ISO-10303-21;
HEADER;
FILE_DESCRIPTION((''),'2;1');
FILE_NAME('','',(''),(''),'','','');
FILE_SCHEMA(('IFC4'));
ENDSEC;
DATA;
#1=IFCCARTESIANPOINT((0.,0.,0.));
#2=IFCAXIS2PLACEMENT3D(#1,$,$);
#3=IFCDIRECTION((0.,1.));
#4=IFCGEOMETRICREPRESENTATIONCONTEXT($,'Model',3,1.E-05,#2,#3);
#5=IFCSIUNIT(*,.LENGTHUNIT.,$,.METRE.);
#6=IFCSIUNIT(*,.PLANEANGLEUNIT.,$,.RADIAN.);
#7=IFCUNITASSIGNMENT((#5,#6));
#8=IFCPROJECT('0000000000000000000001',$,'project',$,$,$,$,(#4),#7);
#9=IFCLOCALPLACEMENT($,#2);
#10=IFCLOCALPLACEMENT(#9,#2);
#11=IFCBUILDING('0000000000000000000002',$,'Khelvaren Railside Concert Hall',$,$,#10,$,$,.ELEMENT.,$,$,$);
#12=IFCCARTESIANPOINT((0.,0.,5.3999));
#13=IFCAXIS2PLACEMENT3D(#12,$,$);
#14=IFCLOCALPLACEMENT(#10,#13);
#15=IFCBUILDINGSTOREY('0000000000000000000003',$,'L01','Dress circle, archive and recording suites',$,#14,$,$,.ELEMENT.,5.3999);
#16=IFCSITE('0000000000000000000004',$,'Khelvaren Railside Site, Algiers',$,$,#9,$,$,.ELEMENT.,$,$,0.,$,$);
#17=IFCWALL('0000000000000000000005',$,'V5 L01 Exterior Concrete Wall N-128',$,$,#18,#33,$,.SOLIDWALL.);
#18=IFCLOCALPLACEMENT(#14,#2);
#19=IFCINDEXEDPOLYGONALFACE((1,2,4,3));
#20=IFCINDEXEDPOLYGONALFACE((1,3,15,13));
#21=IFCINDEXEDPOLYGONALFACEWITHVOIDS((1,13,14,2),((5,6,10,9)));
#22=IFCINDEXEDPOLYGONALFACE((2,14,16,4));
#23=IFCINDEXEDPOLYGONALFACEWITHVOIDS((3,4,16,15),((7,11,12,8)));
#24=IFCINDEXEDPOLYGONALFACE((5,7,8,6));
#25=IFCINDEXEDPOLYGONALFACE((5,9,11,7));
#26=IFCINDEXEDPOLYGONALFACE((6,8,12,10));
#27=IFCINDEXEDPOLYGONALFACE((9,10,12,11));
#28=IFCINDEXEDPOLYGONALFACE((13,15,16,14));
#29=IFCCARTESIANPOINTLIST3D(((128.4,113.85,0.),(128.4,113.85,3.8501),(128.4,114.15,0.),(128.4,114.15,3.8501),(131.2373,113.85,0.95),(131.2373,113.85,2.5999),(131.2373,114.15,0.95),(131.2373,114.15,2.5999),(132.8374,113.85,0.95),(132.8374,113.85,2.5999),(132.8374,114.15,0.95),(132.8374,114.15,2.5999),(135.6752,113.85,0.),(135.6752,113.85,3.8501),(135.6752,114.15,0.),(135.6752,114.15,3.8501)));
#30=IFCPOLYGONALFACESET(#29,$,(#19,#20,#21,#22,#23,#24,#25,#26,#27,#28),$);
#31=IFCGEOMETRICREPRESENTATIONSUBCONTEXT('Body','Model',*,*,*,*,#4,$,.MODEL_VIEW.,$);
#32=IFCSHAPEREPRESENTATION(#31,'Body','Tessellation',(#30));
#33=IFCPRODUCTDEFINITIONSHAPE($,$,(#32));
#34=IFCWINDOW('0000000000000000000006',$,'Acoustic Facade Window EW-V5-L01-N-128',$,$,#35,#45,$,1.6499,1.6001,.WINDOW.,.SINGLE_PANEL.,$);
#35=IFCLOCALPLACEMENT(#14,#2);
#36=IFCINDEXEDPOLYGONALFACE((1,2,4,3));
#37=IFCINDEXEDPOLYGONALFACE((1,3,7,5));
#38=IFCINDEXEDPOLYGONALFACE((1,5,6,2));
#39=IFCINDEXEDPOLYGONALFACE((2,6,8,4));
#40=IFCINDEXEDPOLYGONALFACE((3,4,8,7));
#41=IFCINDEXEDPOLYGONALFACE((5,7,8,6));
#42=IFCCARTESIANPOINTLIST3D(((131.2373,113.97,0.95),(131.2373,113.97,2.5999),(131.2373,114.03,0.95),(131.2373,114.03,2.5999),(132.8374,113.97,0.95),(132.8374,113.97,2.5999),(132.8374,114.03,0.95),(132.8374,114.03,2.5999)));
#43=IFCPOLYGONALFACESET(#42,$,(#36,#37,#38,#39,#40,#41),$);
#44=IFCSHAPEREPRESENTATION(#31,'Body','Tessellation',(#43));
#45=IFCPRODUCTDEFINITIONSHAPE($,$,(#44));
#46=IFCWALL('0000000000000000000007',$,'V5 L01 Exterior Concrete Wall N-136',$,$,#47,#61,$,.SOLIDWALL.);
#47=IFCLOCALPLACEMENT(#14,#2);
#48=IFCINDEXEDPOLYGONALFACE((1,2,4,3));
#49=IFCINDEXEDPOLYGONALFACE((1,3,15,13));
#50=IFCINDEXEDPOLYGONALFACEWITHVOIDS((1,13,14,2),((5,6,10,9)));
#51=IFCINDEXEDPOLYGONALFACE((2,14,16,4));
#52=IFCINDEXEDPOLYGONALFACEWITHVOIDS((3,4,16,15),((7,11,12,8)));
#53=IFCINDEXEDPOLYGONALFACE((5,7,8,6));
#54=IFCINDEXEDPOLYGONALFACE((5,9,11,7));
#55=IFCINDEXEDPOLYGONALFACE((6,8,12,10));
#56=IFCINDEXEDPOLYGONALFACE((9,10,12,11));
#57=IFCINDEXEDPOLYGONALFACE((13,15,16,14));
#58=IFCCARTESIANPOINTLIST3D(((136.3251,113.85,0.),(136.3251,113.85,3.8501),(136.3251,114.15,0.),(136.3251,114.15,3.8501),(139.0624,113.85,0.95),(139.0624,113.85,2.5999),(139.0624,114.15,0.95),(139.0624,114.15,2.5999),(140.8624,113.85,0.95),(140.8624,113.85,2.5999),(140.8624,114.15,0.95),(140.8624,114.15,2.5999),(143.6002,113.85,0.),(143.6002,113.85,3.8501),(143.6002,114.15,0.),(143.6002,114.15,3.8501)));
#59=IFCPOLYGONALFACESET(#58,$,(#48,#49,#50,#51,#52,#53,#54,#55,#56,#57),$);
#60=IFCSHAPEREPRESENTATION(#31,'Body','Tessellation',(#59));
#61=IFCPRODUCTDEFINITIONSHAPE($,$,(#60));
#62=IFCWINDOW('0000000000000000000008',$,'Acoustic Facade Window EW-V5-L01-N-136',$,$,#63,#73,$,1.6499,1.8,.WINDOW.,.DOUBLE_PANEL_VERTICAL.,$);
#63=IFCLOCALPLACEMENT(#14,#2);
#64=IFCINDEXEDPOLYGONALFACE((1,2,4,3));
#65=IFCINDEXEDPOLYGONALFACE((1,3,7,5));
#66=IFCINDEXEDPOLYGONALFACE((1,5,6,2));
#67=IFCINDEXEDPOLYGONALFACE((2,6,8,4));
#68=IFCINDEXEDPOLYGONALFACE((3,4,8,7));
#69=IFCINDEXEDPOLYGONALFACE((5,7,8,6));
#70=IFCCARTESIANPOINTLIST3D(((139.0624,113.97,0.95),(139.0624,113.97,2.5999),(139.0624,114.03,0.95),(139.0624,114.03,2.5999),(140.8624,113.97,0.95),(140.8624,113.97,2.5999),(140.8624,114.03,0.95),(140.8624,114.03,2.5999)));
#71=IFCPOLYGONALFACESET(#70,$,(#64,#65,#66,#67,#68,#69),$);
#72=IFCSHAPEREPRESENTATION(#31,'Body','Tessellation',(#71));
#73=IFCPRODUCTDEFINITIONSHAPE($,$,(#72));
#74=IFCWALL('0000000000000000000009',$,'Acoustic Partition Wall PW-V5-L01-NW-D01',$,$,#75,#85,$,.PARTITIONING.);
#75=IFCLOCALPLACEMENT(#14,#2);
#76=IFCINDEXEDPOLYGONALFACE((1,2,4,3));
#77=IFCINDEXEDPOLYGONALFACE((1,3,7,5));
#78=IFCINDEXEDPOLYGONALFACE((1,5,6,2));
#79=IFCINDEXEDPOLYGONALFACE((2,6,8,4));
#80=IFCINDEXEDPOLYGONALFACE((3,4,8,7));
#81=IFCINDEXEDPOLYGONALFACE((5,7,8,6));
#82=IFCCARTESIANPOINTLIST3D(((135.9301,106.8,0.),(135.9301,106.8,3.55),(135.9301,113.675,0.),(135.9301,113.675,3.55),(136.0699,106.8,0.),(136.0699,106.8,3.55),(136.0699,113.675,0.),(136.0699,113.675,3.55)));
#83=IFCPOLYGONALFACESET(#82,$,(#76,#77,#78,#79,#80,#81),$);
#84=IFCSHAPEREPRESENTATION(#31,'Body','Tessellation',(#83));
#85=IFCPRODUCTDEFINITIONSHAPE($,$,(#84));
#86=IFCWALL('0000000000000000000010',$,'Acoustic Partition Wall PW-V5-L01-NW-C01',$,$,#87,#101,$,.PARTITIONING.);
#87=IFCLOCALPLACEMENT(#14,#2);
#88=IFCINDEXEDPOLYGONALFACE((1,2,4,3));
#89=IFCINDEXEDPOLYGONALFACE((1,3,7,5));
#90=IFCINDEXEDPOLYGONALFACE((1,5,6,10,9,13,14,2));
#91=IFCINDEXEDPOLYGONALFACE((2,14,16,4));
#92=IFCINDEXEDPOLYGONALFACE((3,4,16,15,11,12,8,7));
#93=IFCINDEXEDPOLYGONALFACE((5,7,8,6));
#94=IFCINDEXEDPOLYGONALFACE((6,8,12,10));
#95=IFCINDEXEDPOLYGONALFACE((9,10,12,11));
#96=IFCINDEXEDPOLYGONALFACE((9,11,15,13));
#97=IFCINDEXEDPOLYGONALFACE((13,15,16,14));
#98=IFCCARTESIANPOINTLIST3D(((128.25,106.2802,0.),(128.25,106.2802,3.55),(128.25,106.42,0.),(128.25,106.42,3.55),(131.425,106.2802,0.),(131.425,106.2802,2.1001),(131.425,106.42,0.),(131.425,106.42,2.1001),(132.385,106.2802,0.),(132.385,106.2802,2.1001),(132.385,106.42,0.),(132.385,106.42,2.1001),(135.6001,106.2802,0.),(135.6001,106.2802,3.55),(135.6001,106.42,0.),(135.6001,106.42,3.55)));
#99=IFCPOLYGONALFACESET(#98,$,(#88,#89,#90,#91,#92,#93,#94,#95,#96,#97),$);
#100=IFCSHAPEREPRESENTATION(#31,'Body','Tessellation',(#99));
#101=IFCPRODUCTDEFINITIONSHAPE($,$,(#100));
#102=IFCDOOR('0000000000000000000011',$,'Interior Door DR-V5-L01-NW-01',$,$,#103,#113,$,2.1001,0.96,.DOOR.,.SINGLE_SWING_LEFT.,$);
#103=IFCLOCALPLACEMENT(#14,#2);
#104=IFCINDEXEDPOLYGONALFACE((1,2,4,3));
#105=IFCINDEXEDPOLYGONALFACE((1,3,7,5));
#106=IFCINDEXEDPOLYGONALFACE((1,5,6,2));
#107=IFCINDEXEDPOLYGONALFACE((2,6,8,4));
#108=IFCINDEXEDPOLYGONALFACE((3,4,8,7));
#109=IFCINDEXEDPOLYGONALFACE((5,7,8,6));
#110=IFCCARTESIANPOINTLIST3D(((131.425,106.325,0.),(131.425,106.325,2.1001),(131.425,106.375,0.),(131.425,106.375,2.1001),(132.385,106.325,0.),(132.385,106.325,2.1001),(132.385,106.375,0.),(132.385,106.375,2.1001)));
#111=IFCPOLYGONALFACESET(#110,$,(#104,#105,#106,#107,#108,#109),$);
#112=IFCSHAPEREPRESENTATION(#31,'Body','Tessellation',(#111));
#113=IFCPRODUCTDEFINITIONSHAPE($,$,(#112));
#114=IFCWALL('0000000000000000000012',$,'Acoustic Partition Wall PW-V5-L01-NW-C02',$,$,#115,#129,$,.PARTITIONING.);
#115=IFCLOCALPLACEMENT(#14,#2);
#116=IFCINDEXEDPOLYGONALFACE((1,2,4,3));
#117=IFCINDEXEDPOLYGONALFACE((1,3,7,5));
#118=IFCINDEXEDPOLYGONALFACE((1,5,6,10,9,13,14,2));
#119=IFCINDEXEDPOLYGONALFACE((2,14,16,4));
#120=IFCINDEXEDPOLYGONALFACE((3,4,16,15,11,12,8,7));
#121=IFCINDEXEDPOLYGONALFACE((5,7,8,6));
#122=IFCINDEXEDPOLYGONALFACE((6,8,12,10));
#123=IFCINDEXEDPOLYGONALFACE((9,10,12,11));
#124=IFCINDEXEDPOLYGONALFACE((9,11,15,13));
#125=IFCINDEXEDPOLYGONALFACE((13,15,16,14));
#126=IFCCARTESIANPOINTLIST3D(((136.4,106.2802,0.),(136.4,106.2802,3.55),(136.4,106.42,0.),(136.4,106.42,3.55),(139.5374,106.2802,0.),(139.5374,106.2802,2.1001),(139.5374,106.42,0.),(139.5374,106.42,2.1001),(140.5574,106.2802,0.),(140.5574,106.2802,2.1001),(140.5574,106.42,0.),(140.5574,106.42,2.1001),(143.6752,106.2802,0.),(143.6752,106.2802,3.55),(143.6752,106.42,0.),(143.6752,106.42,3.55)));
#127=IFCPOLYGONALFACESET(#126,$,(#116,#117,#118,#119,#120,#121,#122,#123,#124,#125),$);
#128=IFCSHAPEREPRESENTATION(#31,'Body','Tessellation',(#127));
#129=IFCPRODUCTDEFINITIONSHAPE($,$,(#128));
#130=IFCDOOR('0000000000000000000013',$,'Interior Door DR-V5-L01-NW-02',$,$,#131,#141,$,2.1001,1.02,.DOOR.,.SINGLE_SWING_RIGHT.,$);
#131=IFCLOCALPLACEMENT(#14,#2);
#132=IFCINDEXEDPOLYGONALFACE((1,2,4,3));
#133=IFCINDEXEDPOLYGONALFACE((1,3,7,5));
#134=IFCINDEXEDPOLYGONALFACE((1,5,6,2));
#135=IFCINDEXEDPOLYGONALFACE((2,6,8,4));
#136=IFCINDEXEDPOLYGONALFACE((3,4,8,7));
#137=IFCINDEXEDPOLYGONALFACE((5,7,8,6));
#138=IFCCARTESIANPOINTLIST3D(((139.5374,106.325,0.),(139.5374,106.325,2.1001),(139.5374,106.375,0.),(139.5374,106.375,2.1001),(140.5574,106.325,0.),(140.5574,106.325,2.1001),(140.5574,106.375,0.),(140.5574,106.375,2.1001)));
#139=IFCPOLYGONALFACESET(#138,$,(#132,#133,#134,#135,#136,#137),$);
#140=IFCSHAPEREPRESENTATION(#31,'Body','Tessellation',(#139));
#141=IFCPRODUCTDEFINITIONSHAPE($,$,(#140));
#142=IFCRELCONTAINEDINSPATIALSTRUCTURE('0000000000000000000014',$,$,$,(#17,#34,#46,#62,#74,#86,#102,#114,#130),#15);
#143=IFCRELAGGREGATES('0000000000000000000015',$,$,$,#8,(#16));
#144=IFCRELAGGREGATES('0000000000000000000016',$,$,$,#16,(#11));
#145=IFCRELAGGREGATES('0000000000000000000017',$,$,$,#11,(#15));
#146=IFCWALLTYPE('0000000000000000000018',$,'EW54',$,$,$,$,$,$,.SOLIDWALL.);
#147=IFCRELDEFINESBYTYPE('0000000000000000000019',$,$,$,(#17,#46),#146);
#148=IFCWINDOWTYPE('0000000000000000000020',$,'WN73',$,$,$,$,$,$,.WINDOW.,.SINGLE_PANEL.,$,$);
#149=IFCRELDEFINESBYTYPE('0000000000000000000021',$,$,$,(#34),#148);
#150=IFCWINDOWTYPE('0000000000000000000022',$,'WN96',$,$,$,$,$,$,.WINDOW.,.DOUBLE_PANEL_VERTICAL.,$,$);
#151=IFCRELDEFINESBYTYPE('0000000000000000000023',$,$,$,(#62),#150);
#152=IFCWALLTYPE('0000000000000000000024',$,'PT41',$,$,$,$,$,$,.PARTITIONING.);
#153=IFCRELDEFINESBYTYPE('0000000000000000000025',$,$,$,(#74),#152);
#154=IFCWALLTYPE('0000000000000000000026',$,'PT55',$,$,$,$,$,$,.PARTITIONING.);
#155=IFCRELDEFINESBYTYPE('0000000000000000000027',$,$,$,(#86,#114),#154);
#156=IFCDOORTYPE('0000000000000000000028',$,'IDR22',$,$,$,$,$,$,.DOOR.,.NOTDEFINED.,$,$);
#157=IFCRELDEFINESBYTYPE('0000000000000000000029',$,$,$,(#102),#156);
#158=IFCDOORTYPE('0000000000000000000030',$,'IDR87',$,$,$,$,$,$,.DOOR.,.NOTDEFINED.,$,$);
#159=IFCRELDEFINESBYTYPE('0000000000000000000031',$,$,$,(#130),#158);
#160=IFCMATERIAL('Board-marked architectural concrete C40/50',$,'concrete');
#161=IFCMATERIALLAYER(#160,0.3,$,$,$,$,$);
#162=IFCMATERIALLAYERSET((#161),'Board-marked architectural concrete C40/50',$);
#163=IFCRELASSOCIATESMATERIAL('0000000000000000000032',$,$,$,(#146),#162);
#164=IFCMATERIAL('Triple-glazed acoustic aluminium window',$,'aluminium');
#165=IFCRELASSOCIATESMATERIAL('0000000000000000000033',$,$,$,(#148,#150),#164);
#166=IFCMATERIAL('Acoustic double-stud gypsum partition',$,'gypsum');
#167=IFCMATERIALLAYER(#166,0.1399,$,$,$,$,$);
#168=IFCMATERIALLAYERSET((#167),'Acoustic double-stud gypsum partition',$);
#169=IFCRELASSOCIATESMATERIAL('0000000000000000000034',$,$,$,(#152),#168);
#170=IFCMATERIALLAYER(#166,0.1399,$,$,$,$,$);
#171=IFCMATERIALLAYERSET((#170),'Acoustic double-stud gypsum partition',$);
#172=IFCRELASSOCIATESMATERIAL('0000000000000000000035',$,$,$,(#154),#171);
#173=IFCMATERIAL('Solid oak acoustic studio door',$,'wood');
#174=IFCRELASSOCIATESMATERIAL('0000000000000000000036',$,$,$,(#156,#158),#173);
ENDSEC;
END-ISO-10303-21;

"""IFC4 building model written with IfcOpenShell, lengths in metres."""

from ifc_helpers import new_model, si_unit, direction, frame, frame_2d, origin, place, context, subcontext, project, spatial, rectangle, extrude, material, layer, layer_set, type_object, element, fill, save


model = new_model("IFC4")

# Units and contexts
model_context = context("Model", 3, precision=1e-05, world=origin(), true_north=direction((0.0, 1.0)))
body_context = subcontext(model_context, "Body", "Model", "MODEL_VIEW")
ifc_project = project(units=[si_unit("LENGTHUNIT", "METRE"), si_unit("PLANEANGLEUNIT", "RADIAN")], contexts=[model_context])

# Site, building, storey
site_placement = place(None, origin())
site = spatial("IfcSite", under=ifc_project, at=site_placement, Name="Khelvaren Railside Site, Algiers", CompositionType="ELEMENT", RefElevation=0.0)
building_placement = place(site_placement, origin())
building = spatial("IfcBuilding", under=site, at=building_placement, Name="Khelvaren Railside Concert Hall", CompositionType="ELEMENT")
storey_placement = place(building_placement, frame((0.0, 0.0, 5.3999)))
storey = spatial("IfcBuildingStorey", under=building, at=storey_placement, Name="L01", Description="Dress circle, archive and recording suites", CompositionType="ELEMENT", Elevation=5.3999)

# Walls, openings, windows
ifc_material_1 = material(Name="Board-marked architectural concrete C40/50", Category="concrete")
ifc_layer_1 = layer(ifc_material_1, 0.3)
ifc_layer_set_1 = layer_set([ifc_layer_1], Name="Board-marked architectural concrete C40/50")
wall_type_1 = type_object("IfcWallType", Name="EW54", PredefinedType="SOLIDWALL", material=ifc_layer_set_1)
ifc_material_2 = material(Name="Triple-glazed acoustic aluminium window", Category="aluminium")
wall_1_placement = place(storey_placement, frame((128.3999, 114.0, 0.0), z_axis=(0.0, 0.0, 1.0), x_axis=(1.0, 0.0, 0.0)))
wall_1 = element("IfcWall", 1, at=wall_1_placement, inside=storey, type_object=wall_type_1, Name="V5 L01 Exterior Concrete Wall N-128", PredefinedType="SOLIDWALL", context=body_context, shape_type="SweptSolid", body=[
    extrude(rectangle(XDim=7.2751, YDim=0.3, at=frame_2d((3.6377, 0.0))), origin(), (0.0, 0.0, 1.0), 3.8501),
])
opening_1_placement = place(wall_1_placement, frame((2.8374, 0.0, 0.95)))
opening_1 = element("IfcOpeningElement", 2, at=opening_1_placement, cuts=wall_1, PredefinedType="OPENING", context=body_context, shape_type="SweptSolid", body=[
    extrude(rectangle(XDim=1.6001, YDim=1.6499, at=frame_2d((0.8, 0.825))), frame((0.0, 0.1599, 0.0), z_axis=(0.0, -1.0, 0.0), x_axis=(1.0, 0.0, 0.0)), (0.0, 0.0, 1.0), 0.3201),
])
window_type_1 = type_object("IfcWindowType", Name="WN73", PartitioningType="SINGLE_PANEL", PredefinedType="WINDOW", material=ifc_material_2)
window_1_placement = place(opening_1_placement, origin())
window_1 = element("IfcWindow", 3, at=window_1_placement, inside=storey, type_object=window_type_1, Name="Acoustic Facade Window EW-V5-L01-N-128", OverallHeight=1.6499, OverallWidth=1.6001, PartitioningType="SINGLE_PANEL", PredefinedType="WINDOW", context=body_context, shape_type="SweptSolid", body=[
    extrude(rectangle(XDim=1.6001, YDim=1.6499, at=frame_2d((0.8, 0.825))), frame((0.0, 0.03, 0.0), z_axis=(0.0, -1.0, 0.0), x_axis=(1.0, 0.0, 0.0)), (0.0, 0.0, 1.0), 0.0601),
])
fill(opening_1, window_1)
wall_2_placement = place(storey_placement, frame((136.325, 114.0, 0.0), z_axis=(0.0, 0.0, 1.0), x_axis=(1.0, 0.0, 0.0)))
wall_2 = element("IfcWall", 4, at=wall_2_placement, inside=storey, type_object=wall_type_1, Name="V5 L01 Exterior Concrete Wall N-136", PredefinedType="SOLIDWALL", context=body_context, shape_type="SweptSolid", body=[
    extrude(rectangle(XDim=7.2751, YDim=0.3, at=frame_2d((3.6377, 0.0))), origin(), (0.0, 0.0, 1.0), 3.8501),
])
opening_2_placement = place(wall_2_placement, frame((2.7375, 0.0, 0.95)))
opening_2 = element("IfcOpeningElement", 5, at=opening_2_placement, cuts=wall_2, PredefinedType="OPENING", context=body_context, shape_type="SweptSolid", body=[
    extrude(rectangle(XDim=1.8, YDim=1.6499, at=frame_2d((0.8999, 0.825))), frame((0.0, 0.1599, 0.0), z_axis=(0.0, -1.0, 0.0), x_axis=(1.0, 0.0, 0.0)), (0.0, 0.0, 1.0), 0.3201),
])
window_type_2 = type_object("IfcWindowType", Name="WN96", PartitioningType="DOUBLE_PANEL_VERTICAL", PredefinedType="WINDOW", material=ifc_material_2)
window_2_placement = place(opening_2_placement, origin())
window_2 = element("IfcWindow", 6, at=window_2_placement, inside=storey, type_object=window_type_2, Name="Acoustic Facade Window EW-V5-L01-N-136", OverallHeight=1.6499, OverallWidth=1.8, PartitioningType="DOUBLE_PANEL_VERTICAL", PredefinedType="WINDOW", context=body_context, shape_type="SweptSolid", body=[
    extrude(rectangle(XDim=1.8, YDim=1.6499, at=frame_2d((0.8999, 0.825))), frame((0.0, 0.03, 0.0), z_axis=(0.0, -1.0, 0.0), x_axis=(1.0, 0.0, 0.0)), (0.0, 0.0, 1.0), 0.0601),
])
fill(opening_2, window_2)

# Wall
ifc_material_3 = material(Name="Acoustic double-stud gypsum partition", Category="gypsum")
ifc_layer_2 = layer(ifc_material_3, 0.1399)
ifc_layer_set_2 = layer_set([ifc_layer_2], Name="Acoustic double-stud gypsum partition")
wall_type_2 = type_object("IfcWallType", Name="PT41", PredefinedType="PARTITIONING", material=ifc_layer_set_2)
wall_3_placement = place(storey_placement, frame((136.0, 106.8, 0.0), z_axis=(0.0, 0.0, 1.0), x_axis=(0.0, 1.0, 0.0)))
element("IfcWall", 7, at=wall_3_placement, inside=storey, type_object=wall_type_2, Name="Acoustic Partition Wall PW-V5-L01-NW-D01", PredefinedType="PARTITIONING", context=body_context, shape_type="SweptSolid", body=[
    extrude(rectangle(XDim=6.875, YDim=0.1399, at=frame_2d((3.4375, 0.0))), origin(), (0.0, 0.0, 1.0), 3.55),
])

# Walls, openings, doors
ifc_layer_3 = layer(ifc_material_3, 0.1399)
ifc_layer_set_3 = layer_set([ifc_layer_3], Name="Acoustic double-stud gypsum partition")
wall_type_3 = type_object("IfcWallType", Name="PT55", PredefinedType="PARTITIONING", material=ifc_layer_set_3)
wall_4_placement = place(storey_placement, frame((128.25, 106.3501, 0.0), z_axis=(0.0, 0.0, 1.0), x_axis=(1.0, 0.0, 0.0)))
wall_4 = element("IfcWall", 8, at=wall_4_placement, inside=storey, type_object=wall_type_3, Name="Acoustic Partition Wall PW-V5-L01-NW-C01", PredefinedType="PARTITIONING", context=body_context, shape_type="SweptSolid", body=[
    extrude(rectangle(XDim=7.3501, YDim=0.1399, at=frame_2d((3.675, 0.0))), origin(), (0.0, 0.0, 1.0), 3.55),
])
opening_3_placement = place(wall_4_placement, frame((3.175, 0.0, 0.0)))
opening_3 = element("IfcOpeningElement", 9, at=opening_3_placement, cuts=wall_4, PredefinedType="OPENING", context=body_context, shape_type="SweptSolid", body=[
    extrude(rectangle(XDim=0.96, YDim=2.1001, at=frame_2d((0.48, 1.05))), frame((0.0, 0.0798, 0.0), z_axis=(0.0, -1.0, 0.0), x_axis=(1.0, 0.0, 0.0)), (0.0, 0.0, 1.0), 0.1599),
])
ifc_material_4 = material(Name="Solid oak acoustic studio door", Category="wood")
door_type_1 = type_object("IfcDoorType", Name="IDR22", OperationType="NOTDEFINED", PredefinedType="DOOR", material=ifc_material_4)
door_1_placement = place(opening_3_placement, origin())
door_1 = element("IfcDoor", 10, at=door_1_placement, inside=storey, type_object=door_type_1, Name="Interior Door DR-V5-L01-NW-01", OperationType="SINGLE_SWING_LEFT", OverallHeight=2.1001, OverallWidth=0.96, PredefinedType="DOOR", context=body_context, shape_type="SweptSolid", body=[
    extrude(rectangle(XDim=0.96, YDim=2.1001, at=frame_2d((0.48, 1.05))), frame((0.0, 0.0249, 0.0), z_axis=(0.0, -1.0, 0.0), x_axis=(1.0, 0.0, 0.0)), (0.0, 0.0, 1.0), 0.05),
])
fill(opening_3, door_1)
wall_5_placement = place(storey_placement, frame((136.3999, 106.3501, 0.0), z_axis=(0.0, 0.0, 1.0), x_axis=(1.0, 0.0, 0.0)))
wall_5 = element("IfcWall", 11, at=wall_5_placement, inside=storey, type_object=wall_type_3, Name="Acoustic Partition Wall PW-V5-L01-NW-C02", PredefinedType="PARTITIONING", context=body_context, shape_type="SweptSolid", body=[
    extrude(rectangle(XDim=7.2751, YDim=0.1399, at=frame_2d((3.6377, 0.0))), origin(), (0.0, 0.0, 1.0), 3.55),
])
opening_4_placement = place(wall_5_placement, frame((3.1375, 0.0, 0.0)))
opening_4 = element("IfcOpeningElement", 12, at=opening_4_placement, cuts=wall_5, PredefinedType="OPENING", context=body_context, shape_type="SweptSolid", body=[
    extrude(rectangle(XDim=1.02, YDim=2.1001, at=frame_2d((0.51, 1.05))), frame((0.0, 0.0798, 0.0), z_axis=(0.0, -1.0, 0.0), x_axis=(1.0, 0.0, 0.0)), (0.0, 0.0, 1.0), 0.1599),
])
door_type_2 = type_object("IfcDoorType", Name="IDR87", OperationType="NOTDEFINED", PredefinedType="DOOR", material=ifc_material_4)
door_2_placement = place(opening_4_placement, origin())
door_2 = element("IfcDoor", 13, at=door_2_placement, inside=storey, type_object=door_type_2, Name="Interior Door DR-V5-L01-NW-02", OperationType="SINGLE_SWING_RIGHT", OverallHeight=2.1001, OverallWidth=1.02, PredefinedType="DOOR", context=body_context, shape_type="SweptSolid", body=[
    extrude(rectangle(XDim=1.02, YDim=2.1001, at=frame_2d((0.51, 1.05))), frame((0.0, 0.0249, 0.0), z_axis=(0.0, -1.0, 0.0), x_axis=(1.0, 0.0, 0.0)), (0.0, 0.0, 1.0), 0.05),
])
fill(opening_4, door_2)

save(model, "model.ifc")
